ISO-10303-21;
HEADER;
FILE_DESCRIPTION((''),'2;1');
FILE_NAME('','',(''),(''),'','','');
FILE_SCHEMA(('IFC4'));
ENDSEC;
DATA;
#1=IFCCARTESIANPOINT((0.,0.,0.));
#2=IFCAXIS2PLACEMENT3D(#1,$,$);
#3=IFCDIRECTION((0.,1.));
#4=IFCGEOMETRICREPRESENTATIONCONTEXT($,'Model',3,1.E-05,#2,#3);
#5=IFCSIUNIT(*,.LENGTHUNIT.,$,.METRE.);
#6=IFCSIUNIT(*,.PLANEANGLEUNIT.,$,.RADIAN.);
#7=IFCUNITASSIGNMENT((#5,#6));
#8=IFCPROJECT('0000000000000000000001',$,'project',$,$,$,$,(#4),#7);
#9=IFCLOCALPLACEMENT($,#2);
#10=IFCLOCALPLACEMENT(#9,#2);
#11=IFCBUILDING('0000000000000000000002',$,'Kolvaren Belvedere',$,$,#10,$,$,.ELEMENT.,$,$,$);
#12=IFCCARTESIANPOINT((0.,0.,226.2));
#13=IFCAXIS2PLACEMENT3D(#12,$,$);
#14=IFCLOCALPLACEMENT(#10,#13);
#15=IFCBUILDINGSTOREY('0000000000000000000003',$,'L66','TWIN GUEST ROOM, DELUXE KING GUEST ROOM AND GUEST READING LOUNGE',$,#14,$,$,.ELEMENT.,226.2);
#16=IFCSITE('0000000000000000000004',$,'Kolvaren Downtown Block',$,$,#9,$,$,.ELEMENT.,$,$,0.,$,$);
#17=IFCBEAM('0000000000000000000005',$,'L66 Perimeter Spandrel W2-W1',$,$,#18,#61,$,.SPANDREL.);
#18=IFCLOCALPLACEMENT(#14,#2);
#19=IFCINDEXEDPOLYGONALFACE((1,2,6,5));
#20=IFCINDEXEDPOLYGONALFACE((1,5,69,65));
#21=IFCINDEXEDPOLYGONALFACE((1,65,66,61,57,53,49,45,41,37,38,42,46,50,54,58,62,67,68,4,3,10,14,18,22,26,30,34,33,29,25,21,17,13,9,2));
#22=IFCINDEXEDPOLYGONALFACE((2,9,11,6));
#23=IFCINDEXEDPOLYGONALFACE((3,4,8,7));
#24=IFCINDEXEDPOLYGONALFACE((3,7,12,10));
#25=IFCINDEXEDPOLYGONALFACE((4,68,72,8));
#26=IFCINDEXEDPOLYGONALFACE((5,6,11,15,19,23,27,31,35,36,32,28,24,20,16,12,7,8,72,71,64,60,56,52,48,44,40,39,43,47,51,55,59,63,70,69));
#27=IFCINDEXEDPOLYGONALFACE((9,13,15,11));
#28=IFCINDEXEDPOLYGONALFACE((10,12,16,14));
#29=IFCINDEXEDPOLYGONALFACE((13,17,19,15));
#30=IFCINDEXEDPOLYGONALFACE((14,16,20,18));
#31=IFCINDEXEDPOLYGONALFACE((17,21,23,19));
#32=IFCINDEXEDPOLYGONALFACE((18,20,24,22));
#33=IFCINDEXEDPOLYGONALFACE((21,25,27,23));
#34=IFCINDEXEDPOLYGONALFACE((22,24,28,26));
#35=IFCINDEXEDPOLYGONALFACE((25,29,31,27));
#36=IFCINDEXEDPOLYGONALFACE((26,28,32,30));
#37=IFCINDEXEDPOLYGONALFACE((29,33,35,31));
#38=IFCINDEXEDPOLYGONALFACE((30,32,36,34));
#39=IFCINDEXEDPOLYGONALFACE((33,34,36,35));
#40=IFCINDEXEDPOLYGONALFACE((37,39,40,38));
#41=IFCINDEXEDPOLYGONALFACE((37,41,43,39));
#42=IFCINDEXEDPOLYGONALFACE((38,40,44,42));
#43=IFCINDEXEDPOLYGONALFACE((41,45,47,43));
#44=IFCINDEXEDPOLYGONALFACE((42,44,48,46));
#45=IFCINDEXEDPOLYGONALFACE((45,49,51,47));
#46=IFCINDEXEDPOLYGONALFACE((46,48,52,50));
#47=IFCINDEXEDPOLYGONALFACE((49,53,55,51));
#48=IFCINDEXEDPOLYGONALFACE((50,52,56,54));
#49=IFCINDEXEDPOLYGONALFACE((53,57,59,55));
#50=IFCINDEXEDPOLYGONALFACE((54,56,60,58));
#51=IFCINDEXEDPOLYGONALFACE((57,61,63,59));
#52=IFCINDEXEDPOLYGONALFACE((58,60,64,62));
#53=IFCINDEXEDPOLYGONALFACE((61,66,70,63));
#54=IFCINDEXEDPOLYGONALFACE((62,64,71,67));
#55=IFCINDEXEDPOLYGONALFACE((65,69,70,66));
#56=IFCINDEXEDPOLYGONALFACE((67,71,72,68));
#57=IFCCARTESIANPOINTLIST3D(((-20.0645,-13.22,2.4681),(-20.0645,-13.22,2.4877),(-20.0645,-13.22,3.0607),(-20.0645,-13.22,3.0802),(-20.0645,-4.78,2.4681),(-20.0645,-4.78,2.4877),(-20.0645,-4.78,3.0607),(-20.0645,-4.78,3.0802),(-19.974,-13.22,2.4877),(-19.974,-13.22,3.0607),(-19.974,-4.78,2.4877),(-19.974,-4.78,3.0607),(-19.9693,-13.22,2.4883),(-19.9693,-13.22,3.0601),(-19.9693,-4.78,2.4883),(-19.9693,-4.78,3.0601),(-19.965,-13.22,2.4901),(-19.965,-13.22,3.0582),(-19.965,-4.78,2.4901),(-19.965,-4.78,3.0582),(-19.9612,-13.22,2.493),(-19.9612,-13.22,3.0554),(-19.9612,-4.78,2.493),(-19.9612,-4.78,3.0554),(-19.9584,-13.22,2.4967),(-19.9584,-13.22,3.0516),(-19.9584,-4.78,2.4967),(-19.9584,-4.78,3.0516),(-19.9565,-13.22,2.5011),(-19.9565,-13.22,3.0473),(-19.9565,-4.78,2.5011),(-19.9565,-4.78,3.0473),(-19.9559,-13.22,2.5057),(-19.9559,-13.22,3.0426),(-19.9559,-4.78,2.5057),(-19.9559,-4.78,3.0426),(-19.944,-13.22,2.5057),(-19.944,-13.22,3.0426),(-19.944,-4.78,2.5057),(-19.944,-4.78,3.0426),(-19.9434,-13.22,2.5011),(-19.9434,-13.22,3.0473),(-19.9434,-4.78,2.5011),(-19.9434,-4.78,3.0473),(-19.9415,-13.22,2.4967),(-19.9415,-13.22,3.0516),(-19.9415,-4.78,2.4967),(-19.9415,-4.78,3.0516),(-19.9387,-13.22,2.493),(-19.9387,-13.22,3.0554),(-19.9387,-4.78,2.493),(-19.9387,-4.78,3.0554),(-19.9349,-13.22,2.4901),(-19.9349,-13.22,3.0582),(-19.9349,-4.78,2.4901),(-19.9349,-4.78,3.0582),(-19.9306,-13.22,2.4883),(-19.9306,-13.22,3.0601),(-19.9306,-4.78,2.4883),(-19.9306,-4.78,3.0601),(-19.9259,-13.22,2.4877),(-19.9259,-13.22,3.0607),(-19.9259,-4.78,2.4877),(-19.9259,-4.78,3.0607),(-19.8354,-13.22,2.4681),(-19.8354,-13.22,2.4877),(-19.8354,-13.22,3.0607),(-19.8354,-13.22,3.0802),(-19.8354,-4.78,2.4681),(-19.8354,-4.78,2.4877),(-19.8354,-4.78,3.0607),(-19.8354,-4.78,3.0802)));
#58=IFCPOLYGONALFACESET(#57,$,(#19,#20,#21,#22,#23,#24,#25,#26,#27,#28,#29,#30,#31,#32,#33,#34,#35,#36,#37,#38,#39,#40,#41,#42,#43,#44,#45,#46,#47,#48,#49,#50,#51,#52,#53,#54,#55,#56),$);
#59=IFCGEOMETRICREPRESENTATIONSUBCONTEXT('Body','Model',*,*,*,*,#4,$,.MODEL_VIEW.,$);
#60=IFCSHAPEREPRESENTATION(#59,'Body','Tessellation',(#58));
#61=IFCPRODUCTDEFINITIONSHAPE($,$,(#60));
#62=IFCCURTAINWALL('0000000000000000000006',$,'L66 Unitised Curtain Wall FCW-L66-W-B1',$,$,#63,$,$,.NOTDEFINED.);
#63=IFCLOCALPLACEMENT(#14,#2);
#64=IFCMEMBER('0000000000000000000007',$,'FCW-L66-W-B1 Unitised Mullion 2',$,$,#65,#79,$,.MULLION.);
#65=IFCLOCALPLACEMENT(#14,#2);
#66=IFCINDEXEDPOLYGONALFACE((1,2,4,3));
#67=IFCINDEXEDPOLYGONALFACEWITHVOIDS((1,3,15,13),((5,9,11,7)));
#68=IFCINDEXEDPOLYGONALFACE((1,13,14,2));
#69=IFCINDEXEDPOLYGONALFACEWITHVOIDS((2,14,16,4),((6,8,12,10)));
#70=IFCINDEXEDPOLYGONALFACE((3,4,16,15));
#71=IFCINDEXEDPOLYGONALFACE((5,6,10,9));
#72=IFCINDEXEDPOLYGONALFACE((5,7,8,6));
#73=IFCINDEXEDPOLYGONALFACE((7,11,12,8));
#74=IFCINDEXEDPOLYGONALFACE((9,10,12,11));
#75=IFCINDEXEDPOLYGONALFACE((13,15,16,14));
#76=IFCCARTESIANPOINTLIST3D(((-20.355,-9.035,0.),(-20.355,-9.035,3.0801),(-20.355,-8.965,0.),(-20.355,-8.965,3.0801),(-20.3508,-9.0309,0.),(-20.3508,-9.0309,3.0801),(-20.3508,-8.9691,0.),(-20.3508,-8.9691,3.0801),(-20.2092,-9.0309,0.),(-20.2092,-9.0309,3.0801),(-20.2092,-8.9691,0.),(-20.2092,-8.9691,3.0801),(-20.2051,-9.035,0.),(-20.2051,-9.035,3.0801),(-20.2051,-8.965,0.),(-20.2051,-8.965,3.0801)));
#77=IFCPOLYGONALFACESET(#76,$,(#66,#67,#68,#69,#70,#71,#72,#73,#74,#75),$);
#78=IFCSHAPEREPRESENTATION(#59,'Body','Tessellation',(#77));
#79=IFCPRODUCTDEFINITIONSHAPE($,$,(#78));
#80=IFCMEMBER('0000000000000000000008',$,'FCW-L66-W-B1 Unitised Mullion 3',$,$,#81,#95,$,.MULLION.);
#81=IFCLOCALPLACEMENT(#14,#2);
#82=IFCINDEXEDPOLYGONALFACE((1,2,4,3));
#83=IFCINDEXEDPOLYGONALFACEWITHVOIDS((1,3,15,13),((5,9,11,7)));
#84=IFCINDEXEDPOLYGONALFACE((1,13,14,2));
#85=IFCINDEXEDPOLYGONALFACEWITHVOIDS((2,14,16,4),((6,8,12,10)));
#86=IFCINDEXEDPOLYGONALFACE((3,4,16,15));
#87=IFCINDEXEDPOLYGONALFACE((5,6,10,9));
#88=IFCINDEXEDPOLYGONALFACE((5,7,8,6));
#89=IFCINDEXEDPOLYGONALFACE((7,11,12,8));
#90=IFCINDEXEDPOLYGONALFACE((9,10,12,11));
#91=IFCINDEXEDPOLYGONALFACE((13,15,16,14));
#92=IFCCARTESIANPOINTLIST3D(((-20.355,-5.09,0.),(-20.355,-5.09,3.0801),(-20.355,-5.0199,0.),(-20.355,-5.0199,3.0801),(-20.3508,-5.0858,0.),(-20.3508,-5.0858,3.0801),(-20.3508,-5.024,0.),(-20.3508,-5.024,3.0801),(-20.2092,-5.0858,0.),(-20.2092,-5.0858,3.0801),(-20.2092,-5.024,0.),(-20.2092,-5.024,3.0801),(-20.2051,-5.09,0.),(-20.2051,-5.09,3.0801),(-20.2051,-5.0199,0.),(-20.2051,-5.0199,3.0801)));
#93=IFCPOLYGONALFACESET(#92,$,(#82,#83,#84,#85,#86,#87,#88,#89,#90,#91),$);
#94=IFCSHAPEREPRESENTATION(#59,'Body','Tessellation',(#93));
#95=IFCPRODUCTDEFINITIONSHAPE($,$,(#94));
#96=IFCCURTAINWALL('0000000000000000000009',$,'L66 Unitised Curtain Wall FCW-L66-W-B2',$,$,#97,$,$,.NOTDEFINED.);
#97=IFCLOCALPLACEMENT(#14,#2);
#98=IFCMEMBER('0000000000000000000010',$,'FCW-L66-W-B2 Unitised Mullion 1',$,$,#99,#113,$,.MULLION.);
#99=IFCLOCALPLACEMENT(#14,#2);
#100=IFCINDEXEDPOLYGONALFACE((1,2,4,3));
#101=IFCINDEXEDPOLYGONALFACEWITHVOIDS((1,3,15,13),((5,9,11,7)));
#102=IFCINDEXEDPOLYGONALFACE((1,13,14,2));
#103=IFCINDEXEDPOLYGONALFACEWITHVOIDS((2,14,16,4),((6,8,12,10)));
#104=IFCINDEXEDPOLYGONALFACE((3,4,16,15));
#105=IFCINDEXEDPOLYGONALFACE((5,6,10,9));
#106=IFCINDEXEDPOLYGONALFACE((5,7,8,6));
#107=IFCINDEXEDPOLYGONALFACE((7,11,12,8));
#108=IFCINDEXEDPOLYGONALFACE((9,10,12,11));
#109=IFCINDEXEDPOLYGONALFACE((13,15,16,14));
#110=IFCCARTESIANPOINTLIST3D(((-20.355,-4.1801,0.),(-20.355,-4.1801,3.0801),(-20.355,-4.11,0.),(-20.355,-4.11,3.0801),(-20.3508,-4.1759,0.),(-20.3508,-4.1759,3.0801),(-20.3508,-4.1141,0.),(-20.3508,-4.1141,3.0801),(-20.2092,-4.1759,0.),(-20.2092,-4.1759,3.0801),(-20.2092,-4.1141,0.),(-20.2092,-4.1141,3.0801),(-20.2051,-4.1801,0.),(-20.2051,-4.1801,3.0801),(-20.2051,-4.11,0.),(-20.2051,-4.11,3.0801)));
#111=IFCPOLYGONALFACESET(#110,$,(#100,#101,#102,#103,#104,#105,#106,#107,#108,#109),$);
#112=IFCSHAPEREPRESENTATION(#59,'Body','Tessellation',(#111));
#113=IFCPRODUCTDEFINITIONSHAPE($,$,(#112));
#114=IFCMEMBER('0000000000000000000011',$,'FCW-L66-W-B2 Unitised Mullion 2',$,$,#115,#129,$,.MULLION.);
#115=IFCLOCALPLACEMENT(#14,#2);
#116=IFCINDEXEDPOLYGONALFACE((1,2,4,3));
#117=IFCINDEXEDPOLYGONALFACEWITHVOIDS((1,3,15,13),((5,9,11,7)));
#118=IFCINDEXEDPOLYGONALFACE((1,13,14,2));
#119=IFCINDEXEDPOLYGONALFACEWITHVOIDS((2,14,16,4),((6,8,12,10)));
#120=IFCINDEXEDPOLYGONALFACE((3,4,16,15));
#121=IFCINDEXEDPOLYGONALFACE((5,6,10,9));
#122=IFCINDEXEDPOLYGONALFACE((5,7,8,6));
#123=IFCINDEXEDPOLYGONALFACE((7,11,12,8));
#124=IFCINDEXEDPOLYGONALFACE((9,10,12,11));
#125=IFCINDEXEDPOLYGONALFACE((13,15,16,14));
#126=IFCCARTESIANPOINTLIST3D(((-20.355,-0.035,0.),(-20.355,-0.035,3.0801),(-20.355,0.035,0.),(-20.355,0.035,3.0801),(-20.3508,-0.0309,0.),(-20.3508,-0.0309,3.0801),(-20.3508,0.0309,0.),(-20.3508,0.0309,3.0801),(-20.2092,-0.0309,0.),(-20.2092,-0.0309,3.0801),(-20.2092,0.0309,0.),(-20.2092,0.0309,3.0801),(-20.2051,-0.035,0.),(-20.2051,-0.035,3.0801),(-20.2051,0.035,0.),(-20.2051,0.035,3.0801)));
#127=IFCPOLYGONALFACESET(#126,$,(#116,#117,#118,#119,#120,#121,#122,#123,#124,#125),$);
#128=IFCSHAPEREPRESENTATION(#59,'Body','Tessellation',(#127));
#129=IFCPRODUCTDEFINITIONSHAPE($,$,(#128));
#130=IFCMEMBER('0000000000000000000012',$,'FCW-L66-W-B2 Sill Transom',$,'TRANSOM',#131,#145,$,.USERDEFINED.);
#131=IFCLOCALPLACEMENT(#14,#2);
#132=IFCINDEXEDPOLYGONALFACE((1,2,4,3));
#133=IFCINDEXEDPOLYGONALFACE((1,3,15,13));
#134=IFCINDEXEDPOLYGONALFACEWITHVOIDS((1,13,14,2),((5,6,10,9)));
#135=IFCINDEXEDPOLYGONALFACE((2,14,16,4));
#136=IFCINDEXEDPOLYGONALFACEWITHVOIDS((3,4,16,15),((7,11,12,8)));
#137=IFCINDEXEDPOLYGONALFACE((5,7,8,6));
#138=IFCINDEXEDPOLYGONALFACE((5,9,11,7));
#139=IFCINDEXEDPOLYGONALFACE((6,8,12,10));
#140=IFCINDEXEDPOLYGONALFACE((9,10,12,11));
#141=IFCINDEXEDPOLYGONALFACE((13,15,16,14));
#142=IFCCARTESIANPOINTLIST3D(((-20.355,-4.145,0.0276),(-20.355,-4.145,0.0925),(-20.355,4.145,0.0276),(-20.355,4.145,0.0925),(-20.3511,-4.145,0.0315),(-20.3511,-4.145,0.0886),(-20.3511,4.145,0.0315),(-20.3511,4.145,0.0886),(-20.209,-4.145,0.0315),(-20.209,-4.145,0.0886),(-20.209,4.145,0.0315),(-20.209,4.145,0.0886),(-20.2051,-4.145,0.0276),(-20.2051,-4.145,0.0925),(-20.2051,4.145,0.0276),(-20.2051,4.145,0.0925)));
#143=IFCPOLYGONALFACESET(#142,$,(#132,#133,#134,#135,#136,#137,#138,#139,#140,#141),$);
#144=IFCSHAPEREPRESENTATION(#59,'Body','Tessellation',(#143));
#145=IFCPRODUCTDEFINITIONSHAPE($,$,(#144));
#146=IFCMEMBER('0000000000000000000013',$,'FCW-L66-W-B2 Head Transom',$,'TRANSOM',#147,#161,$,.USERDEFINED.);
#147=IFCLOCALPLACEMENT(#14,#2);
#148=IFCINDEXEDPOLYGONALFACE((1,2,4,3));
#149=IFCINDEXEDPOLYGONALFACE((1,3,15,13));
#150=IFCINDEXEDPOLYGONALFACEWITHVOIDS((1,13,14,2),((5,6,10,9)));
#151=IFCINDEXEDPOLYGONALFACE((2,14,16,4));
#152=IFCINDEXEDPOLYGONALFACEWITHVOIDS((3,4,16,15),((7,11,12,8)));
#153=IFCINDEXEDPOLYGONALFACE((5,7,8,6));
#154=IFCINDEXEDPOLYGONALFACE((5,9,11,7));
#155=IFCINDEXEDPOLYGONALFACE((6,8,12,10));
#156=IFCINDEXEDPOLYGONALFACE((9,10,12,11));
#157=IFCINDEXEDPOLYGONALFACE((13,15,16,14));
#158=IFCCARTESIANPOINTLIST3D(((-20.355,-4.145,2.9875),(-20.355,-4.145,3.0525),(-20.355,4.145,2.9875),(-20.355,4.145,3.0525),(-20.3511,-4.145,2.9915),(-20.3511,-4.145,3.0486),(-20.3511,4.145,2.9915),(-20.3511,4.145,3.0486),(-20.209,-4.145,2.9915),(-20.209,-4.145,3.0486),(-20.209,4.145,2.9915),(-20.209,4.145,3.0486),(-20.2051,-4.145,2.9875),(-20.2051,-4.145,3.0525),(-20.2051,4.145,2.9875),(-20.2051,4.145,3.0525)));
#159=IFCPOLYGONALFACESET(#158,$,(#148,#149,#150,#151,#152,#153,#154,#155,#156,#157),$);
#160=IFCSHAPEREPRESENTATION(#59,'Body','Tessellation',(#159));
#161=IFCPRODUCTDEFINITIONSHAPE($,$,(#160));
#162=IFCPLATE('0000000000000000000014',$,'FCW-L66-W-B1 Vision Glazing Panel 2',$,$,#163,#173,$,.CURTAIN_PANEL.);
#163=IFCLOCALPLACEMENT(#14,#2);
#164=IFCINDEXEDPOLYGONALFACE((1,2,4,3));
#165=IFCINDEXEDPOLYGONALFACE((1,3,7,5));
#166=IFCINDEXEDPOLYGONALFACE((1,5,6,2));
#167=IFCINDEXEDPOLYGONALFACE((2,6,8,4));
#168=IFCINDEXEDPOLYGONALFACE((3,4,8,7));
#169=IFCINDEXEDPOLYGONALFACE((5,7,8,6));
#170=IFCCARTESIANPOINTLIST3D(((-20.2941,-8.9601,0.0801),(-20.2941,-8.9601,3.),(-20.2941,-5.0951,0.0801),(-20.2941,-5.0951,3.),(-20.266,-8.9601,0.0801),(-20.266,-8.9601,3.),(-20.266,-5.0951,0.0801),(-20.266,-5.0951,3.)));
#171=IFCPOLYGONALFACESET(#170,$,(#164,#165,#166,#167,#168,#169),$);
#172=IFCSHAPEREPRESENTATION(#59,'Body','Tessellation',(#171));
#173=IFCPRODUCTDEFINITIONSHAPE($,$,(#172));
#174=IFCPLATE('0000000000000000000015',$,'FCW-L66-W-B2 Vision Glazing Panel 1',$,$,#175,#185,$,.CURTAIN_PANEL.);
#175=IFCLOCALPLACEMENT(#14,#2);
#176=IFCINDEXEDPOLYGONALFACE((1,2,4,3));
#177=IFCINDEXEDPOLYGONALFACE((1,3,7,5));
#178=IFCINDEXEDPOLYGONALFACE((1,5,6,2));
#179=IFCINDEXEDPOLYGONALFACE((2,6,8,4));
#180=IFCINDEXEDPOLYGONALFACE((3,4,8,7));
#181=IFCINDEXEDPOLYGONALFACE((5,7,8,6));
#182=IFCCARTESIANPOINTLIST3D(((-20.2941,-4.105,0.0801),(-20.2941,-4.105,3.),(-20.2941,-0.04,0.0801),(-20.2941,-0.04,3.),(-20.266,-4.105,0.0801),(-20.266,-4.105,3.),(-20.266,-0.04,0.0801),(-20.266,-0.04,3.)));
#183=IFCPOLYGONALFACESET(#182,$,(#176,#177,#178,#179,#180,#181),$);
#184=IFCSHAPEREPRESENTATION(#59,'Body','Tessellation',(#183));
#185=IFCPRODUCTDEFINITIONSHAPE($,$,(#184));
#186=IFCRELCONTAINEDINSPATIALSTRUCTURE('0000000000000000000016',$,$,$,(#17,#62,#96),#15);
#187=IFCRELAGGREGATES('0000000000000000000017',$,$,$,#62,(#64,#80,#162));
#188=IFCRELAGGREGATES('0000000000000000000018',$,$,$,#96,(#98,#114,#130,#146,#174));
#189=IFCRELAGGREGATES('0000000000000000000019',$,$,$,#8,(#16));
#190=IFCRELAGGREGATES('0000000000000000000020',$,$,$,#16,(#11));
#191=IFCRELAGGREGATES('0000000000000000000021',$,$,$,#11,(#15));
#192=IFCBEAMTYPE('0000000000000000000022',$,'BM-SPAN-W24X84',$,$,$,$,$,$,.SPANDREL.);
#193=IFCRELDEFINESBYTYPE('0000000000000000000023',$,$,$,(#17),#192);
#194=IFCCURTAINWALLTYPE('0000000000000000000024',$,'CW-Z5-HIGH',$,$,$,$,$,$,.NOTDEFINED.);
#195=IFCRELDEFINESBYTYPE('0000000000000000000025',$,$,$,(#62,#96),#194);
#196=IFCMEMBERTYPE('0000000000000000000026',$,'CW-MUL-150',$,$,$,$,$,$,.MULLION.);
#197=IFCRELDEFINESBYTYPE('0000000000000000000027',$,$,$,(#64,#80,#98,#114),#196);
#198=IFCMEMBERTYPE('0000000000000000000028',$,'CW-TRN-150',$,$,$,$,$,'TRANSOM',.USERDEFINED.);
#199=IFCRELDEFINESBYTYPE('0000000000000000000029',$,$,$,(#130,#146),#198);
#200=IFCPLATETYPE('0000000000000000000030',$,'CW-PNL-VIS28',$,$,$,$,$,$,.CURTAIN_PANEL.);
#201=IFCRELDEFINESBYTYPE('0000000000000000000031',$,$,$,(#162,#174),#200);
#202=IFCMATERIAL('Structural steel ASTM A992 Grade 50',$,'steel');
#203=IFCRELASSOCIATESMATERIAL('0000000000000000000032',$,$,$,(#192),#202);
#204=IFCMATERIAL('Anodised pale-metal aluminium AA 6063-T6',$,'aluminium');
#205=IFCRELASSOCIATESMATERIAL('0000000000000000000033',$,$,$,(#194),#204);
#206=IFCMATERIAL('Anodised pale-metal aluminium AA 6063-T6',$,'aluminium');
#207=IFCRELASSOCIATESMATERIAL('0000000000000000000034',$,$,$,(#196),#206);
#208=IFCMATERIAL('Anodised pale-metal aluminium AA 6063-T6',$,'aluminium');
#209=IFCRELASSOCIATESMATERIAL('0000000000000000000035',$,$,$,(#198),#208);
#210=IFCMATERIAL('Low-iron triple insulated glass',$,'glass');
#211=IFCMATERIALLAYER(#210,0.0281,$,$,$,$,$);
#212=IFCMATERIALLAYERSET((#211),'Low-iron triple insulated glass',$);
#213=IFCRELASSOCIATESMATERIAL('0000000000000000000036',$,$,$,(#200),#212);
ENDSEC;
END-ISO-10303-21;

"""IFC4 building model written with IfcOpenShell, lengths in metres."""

from ifc_helpers import new_model, si_unit, direction, frame, origin, origin_2d, place, context, subcontext, project, spatial, rectangle, hollow_rectangle, i_section, extrude, material, layer, layer_set, material_profile, profile_set, type_object, element, aggregate, save


model = new_model("IFC4")

# Units and contexts
model_context = context("Model", 3, precision=1e-05, world=origin(), true_north=direction((0.0, 1.0)))
body_context = subcontext(model_context, "Body", "Model", "MODEL_VIEW")
ifc_project = project(units=[si_unit("LENGTHUNIT", "METRE"), si_unit("PLANEANGLEUNIT", "RADIAN")], contexts=[model_context])

# Site, building, storey
site_placement = place(None, origin())
site = spatial("IfcSite", under=ifc_project, at=site_placement, Name="Kolvaren Downtown Block", CompositionType="ELEMENT", RefElevation=0.0)
building_placement = place(site_placement, origin())
building = spatial("IfcBuilding", under=site, at=building_placement, Name="Kolvaren Belvedere", CompositionType="ELEMENT")
storey_placement = place(building_placement, frame((0.0, 0.0, 226.2)))
storey = spatial("IfcBuildingStorey", under=building, at=storey_placement, Name="L66", Description="TWIN GUEST ROOM, DELUXE KING GUEST ROOM AND GUEST READING LOUNGE", CompositionType="ELEMENT", Elevation=226.2)

# Beam
ifc_material_1 = material(Name="Structural steel ASTM A992 Grade 50", Category="steel")
ifc_material_profile_1 = material_profile(ifc_material_1, i_section(OverallWidth=0.229, OverallDepth=0.6121, WebThickness=0.012, FlangeThickness=0.0195, FilletRadius=0.0181, at=origin_2d()), Name="W24X84")
ifc_profile_set_1 = profile_set([ifc_material_profile_1], Name="Structural steel ASTM A992 Grade 50")
beam_type_1 = type_object("IfcBeamType", Name="BM-SPAN-W24X84", PredefinedType="SPANDREL", material=ifc_profile_set_1)
beam_1_placement = place(storey_placement, frame((-19.95, -4.78, 2.7742), z_axis=(0.0, -1.0, 0.0), x_axis=(1.0, 0.0, 0.0)))
element("IfcBeam", 1, at=beam_1_placement, inside=storey, type_object=beam_type_1, Name="L66 Perimeter Spandrel W2-W1", PredefinedType="SPANDREL", context=body_context, shape_type="SweptSolid", body=[
    extrude(i_section(OverallWidth=0.229, OverallDepth=0.6121, WebThickness=0.012, FlangeThickness=0.0195, FilletRadius=0.0181, at=origin_2d()), origin(), (0.0, 0.0, 1.0), 8.4399),
])

# Curtain walls, members
ifc_material_2 = material(Name="Anodised pale-metal aluminium AA 6063-T6", Category="aluminium")
curtain_wall_type = type_object("IfcCurtainWallType", Name="CW-Z5-HIGH", PredefinedType="NOTDEFINED", material=ifc_material_2)
curtain_wall_1_placement = place(storey_placement, origin())
curtain_wall_1 = element("IfcCurtainWall", 2, at=curtain_wall_1_placement, inside=storey, type_object=curtain_wall_type, Name="L66 Unitised Curtain Wall FCW-L66-W-B1", PredefinedType="NOTDEFINED")
ifc_material_3 = material(Name="Anodised pale-metal aluminium AA 6063-T6", Category="aluminium")
ifc_material_profile_2 = material_profile(ifc_material_3, hollow_rectangle(XDim=0.0701, YDim=0.1499, WallThickness=0.0042, at=origin_2d()), Name="ALU-MUL-150X70")
ifc_profile_set_2 = profile_set([ifc_material_profile_2], Name="Anodised pale-metal aluminium AA 6063-T6")
member_type_1 = type_object("IfcMemberType", Name="CW-MUL-150", PredefinedType="MULLION", material=ifc_profile_set_2)
member_1_placement = place(storey_placement, frame((-20.28, -9.0, 0.0), z_axis=(0.0, 0.0, 1.0), x_axis=(0.0, 1.0, 0.0)))
member_1 = element("IfcMember", 3, at=member_1_placement, type_object=member_type_1, Name="FCW-L66-W-B1 Unitised Mullion 2", PredefinedType="MULLION", context=body_context, shape_type="SweptSolid", body=[
    extrude(hollow_rectangle(XDim=0.0701, YDim=0.1499, WallThickness=0.0042, at=origin_2d()), origin(), (0.0, 0.0, 1.0), 3.0801),
])
member_2_placement = place(storey_placement, frame((-20.28, -5.0549, 0.0), z_axis=(0.0, 0.0, 1.0), x_axis=(0.0, 1.0, 0.0)))
member_2 = element("IfcMember", 4, at=member_2_placement, type_object=member_type_1, Name="FCW-L66-W-B1 Unitised Mullion 3", PredefinedType="MULLION", context=body_context, shape_type="SweptSolid", body=[
    extrude(hollow_rectangle(XDim=0.0701, YDim=0.1499, WallThickness=0.0042, at=origin_2d()), origin(), (0.0, 0.0, 1.0), 3.0801),
])
curtain_wall_2_placement = place(storey_placement, origin())
curtain_wall_2 = element("IfcCurtainWall", 5, at=curtain_wall_2_placement, inside=storey, type_object=curtain_wall_type, Name="L66 Unitised Curtain Wall FCW-L66-W-B2", PredefinedType="NOTDEFINED")
member_3_placement = place(storey_placement, frame((-20.28, -4.145, 0.0), z_axis=(0.0, 0.0, 1.0), x_axis=(0.0, 1.0, 0.0)))
member_3 = element("IfcMember", 6, at=member_3_placement, type_object=member_type_1, Name="FCW-L66-W-B2 Unitised Mullion 1", PredefinedType="MULLION", context=body_context, shape_type="SweptSolid", body=[
    extrude(hollow_rectangle(XDim=0.0701, YDim=0.1499, WallThickness=0.0042, at=origin_2d()), origin(), (0.0, 0.0, 1.0), 3.0801),
])
member_4_placement = place(storey_placement, frame((-20.28, 0.0, 0.0), z_axis=(0.0, 0.0, 1.0), x_axis=(0.0, 1.0, 0.0)))
member_4 = element("IfcMember", 7, at=member_4_placement, type_object=member_type_1, Name="FCW-L66-W-B2 Unitised Mullion 2", PredefinedType="MULLION", context=body_context, shape_type="SweptSolid", body=[
    extrude(hollow_rectangle(XDim=0.0701, YDim=0.1499, WallThickness=0.0042, at=origin_2d()), origin(), (0.0, 0.0, 1.0), 3.0801),
])
ifc_material_4 = material(Name="Anodised pale-metal aluminium AA 6063-T6", Category="aluminium")
ifc_material_profile_3 = material_profile(ifc_material_4, hollow_rectangle(XDim=0.0649, YDim=0.1499, WallThickness=0.0039, at=origin_2d()), Name="ALU-TRN-150X65")
ifc_profile_set_3 = profile_set([ifc_material_profile_3], Name="Anodised pale-metal aluminium AA 6063-T6")
member_type_2 = type_object("IfcMemberType", Name="CW-TRN-150", ElementType="TRANSOM", PredefinedType="USERDEFINED", material=ifc_profile_set_3)
member_5_placement = place(storey_placement, frame((-20.28, -4.145, 0.0601), z_axis=(0.0, 1.0, 0.0), x_axis=(0.0, 0.0, 1.0)))
member_5 = element("IfcMember", 8, at=member_5_placement, type_object=member_type_2, Name="FCW-L66-W-B2 Sill Transom", ObjectType="TRANSOM", PredefinedType="USERDEFINED", context=body_context, shape_type="SweptSolid", body=[
    extrude(hollow_rectangle(XDim=0.0649, YDim=0.1499, WallThickness=0.0039, at=origin_2d()), origin(), (0.0, 0.0, 1.0), 8.29),
])
member_6_placement = place(storey_placement, frame((-20.28, -4.145, 3.02), z_axis=(0.0, 1.0, 0.0), x_axis=(0.0, 0.0, 1.0)))
member_6 = element("IfcMember", 9, at=member_6_placement, type_object=member_type_2, Name="FCW-L66-W-B2 Head Transom", ObjectType="TRANSOM", PredefinedType="USERDEFINED", context=body_context, shape_type="SweptSolid", body=[
    extrude(hollow_rectangle(XDim=0.0649, YDim=0.1499, WallThickness=0.0039, at=origin_2d()), origin(), (0.0, 0.0, 1.0), 8.29),
])

# Plates
ifc_material_5 = material(Name="Low-iron triple insulated glass", Category="glass")
ifc_layer_1 = layer(ifc_material_5, 0.0281)
ifc_layer_set_1 = layer_set([ifc_layer_1], Name="Low-iron triple insulated glass")
plate_type_1 = type_object("IfcPlateType", Name="CW-PNL-VIS28", PredefinedType="CURTAIN_PANEL", material=ifc_layer_set_1)
plate_1_placement = place(storey_placement, frame((-20.28, -7.0276, 0.0801), z_axis=(0.0, 0.0, 1.0), x_axis=(0.0, 1.0, 0.0)))
plate_1 = element("IfcPlate", 10, at=plate_1_placement, type_object=plate_type_1, Name="FCW-L66-W-B1 Vision Glazing Panel 2", PredefinedType="CURTAIN_PANEL", context=body_context, shape_type="SweptSolid", body=[
    extrude(rectangle(XDim=3.865, YDim=0.0281, at=origin_2d()), origin(), (0.0, 0.0, 1.0), 2.9199),
])
aggregate(curtain_wall_1, [member_1, member_2, plate_1])
plate_2_placement = place(storey_placement, frame((-20.28, -2.0725, 0.0801), z_axis=(0.0, 0.0, 1.0), x_axis=(0.0, 1.0, 0.0)))
plate_2 = element("IfcPlate", 11, at=plate_2_placement, type_object=plate_type_1, Name="FCW-L66-W-B2 Vision Glazing Panel 1", PredefinedType="CURTAIN_PANEL", context=body_context, shape_type="SweptSolid", body=[
    extrude(rectangle(XDim=4.0649, YDim=0.0281, at=origin_2d()), origin(), (0.0, 0.0, 1.0), 2.9199),
])
aggregate(curtain_wall_2, [member_3, member_4, member_5, member_6, plate_2])

save(model, "model.ifc")
